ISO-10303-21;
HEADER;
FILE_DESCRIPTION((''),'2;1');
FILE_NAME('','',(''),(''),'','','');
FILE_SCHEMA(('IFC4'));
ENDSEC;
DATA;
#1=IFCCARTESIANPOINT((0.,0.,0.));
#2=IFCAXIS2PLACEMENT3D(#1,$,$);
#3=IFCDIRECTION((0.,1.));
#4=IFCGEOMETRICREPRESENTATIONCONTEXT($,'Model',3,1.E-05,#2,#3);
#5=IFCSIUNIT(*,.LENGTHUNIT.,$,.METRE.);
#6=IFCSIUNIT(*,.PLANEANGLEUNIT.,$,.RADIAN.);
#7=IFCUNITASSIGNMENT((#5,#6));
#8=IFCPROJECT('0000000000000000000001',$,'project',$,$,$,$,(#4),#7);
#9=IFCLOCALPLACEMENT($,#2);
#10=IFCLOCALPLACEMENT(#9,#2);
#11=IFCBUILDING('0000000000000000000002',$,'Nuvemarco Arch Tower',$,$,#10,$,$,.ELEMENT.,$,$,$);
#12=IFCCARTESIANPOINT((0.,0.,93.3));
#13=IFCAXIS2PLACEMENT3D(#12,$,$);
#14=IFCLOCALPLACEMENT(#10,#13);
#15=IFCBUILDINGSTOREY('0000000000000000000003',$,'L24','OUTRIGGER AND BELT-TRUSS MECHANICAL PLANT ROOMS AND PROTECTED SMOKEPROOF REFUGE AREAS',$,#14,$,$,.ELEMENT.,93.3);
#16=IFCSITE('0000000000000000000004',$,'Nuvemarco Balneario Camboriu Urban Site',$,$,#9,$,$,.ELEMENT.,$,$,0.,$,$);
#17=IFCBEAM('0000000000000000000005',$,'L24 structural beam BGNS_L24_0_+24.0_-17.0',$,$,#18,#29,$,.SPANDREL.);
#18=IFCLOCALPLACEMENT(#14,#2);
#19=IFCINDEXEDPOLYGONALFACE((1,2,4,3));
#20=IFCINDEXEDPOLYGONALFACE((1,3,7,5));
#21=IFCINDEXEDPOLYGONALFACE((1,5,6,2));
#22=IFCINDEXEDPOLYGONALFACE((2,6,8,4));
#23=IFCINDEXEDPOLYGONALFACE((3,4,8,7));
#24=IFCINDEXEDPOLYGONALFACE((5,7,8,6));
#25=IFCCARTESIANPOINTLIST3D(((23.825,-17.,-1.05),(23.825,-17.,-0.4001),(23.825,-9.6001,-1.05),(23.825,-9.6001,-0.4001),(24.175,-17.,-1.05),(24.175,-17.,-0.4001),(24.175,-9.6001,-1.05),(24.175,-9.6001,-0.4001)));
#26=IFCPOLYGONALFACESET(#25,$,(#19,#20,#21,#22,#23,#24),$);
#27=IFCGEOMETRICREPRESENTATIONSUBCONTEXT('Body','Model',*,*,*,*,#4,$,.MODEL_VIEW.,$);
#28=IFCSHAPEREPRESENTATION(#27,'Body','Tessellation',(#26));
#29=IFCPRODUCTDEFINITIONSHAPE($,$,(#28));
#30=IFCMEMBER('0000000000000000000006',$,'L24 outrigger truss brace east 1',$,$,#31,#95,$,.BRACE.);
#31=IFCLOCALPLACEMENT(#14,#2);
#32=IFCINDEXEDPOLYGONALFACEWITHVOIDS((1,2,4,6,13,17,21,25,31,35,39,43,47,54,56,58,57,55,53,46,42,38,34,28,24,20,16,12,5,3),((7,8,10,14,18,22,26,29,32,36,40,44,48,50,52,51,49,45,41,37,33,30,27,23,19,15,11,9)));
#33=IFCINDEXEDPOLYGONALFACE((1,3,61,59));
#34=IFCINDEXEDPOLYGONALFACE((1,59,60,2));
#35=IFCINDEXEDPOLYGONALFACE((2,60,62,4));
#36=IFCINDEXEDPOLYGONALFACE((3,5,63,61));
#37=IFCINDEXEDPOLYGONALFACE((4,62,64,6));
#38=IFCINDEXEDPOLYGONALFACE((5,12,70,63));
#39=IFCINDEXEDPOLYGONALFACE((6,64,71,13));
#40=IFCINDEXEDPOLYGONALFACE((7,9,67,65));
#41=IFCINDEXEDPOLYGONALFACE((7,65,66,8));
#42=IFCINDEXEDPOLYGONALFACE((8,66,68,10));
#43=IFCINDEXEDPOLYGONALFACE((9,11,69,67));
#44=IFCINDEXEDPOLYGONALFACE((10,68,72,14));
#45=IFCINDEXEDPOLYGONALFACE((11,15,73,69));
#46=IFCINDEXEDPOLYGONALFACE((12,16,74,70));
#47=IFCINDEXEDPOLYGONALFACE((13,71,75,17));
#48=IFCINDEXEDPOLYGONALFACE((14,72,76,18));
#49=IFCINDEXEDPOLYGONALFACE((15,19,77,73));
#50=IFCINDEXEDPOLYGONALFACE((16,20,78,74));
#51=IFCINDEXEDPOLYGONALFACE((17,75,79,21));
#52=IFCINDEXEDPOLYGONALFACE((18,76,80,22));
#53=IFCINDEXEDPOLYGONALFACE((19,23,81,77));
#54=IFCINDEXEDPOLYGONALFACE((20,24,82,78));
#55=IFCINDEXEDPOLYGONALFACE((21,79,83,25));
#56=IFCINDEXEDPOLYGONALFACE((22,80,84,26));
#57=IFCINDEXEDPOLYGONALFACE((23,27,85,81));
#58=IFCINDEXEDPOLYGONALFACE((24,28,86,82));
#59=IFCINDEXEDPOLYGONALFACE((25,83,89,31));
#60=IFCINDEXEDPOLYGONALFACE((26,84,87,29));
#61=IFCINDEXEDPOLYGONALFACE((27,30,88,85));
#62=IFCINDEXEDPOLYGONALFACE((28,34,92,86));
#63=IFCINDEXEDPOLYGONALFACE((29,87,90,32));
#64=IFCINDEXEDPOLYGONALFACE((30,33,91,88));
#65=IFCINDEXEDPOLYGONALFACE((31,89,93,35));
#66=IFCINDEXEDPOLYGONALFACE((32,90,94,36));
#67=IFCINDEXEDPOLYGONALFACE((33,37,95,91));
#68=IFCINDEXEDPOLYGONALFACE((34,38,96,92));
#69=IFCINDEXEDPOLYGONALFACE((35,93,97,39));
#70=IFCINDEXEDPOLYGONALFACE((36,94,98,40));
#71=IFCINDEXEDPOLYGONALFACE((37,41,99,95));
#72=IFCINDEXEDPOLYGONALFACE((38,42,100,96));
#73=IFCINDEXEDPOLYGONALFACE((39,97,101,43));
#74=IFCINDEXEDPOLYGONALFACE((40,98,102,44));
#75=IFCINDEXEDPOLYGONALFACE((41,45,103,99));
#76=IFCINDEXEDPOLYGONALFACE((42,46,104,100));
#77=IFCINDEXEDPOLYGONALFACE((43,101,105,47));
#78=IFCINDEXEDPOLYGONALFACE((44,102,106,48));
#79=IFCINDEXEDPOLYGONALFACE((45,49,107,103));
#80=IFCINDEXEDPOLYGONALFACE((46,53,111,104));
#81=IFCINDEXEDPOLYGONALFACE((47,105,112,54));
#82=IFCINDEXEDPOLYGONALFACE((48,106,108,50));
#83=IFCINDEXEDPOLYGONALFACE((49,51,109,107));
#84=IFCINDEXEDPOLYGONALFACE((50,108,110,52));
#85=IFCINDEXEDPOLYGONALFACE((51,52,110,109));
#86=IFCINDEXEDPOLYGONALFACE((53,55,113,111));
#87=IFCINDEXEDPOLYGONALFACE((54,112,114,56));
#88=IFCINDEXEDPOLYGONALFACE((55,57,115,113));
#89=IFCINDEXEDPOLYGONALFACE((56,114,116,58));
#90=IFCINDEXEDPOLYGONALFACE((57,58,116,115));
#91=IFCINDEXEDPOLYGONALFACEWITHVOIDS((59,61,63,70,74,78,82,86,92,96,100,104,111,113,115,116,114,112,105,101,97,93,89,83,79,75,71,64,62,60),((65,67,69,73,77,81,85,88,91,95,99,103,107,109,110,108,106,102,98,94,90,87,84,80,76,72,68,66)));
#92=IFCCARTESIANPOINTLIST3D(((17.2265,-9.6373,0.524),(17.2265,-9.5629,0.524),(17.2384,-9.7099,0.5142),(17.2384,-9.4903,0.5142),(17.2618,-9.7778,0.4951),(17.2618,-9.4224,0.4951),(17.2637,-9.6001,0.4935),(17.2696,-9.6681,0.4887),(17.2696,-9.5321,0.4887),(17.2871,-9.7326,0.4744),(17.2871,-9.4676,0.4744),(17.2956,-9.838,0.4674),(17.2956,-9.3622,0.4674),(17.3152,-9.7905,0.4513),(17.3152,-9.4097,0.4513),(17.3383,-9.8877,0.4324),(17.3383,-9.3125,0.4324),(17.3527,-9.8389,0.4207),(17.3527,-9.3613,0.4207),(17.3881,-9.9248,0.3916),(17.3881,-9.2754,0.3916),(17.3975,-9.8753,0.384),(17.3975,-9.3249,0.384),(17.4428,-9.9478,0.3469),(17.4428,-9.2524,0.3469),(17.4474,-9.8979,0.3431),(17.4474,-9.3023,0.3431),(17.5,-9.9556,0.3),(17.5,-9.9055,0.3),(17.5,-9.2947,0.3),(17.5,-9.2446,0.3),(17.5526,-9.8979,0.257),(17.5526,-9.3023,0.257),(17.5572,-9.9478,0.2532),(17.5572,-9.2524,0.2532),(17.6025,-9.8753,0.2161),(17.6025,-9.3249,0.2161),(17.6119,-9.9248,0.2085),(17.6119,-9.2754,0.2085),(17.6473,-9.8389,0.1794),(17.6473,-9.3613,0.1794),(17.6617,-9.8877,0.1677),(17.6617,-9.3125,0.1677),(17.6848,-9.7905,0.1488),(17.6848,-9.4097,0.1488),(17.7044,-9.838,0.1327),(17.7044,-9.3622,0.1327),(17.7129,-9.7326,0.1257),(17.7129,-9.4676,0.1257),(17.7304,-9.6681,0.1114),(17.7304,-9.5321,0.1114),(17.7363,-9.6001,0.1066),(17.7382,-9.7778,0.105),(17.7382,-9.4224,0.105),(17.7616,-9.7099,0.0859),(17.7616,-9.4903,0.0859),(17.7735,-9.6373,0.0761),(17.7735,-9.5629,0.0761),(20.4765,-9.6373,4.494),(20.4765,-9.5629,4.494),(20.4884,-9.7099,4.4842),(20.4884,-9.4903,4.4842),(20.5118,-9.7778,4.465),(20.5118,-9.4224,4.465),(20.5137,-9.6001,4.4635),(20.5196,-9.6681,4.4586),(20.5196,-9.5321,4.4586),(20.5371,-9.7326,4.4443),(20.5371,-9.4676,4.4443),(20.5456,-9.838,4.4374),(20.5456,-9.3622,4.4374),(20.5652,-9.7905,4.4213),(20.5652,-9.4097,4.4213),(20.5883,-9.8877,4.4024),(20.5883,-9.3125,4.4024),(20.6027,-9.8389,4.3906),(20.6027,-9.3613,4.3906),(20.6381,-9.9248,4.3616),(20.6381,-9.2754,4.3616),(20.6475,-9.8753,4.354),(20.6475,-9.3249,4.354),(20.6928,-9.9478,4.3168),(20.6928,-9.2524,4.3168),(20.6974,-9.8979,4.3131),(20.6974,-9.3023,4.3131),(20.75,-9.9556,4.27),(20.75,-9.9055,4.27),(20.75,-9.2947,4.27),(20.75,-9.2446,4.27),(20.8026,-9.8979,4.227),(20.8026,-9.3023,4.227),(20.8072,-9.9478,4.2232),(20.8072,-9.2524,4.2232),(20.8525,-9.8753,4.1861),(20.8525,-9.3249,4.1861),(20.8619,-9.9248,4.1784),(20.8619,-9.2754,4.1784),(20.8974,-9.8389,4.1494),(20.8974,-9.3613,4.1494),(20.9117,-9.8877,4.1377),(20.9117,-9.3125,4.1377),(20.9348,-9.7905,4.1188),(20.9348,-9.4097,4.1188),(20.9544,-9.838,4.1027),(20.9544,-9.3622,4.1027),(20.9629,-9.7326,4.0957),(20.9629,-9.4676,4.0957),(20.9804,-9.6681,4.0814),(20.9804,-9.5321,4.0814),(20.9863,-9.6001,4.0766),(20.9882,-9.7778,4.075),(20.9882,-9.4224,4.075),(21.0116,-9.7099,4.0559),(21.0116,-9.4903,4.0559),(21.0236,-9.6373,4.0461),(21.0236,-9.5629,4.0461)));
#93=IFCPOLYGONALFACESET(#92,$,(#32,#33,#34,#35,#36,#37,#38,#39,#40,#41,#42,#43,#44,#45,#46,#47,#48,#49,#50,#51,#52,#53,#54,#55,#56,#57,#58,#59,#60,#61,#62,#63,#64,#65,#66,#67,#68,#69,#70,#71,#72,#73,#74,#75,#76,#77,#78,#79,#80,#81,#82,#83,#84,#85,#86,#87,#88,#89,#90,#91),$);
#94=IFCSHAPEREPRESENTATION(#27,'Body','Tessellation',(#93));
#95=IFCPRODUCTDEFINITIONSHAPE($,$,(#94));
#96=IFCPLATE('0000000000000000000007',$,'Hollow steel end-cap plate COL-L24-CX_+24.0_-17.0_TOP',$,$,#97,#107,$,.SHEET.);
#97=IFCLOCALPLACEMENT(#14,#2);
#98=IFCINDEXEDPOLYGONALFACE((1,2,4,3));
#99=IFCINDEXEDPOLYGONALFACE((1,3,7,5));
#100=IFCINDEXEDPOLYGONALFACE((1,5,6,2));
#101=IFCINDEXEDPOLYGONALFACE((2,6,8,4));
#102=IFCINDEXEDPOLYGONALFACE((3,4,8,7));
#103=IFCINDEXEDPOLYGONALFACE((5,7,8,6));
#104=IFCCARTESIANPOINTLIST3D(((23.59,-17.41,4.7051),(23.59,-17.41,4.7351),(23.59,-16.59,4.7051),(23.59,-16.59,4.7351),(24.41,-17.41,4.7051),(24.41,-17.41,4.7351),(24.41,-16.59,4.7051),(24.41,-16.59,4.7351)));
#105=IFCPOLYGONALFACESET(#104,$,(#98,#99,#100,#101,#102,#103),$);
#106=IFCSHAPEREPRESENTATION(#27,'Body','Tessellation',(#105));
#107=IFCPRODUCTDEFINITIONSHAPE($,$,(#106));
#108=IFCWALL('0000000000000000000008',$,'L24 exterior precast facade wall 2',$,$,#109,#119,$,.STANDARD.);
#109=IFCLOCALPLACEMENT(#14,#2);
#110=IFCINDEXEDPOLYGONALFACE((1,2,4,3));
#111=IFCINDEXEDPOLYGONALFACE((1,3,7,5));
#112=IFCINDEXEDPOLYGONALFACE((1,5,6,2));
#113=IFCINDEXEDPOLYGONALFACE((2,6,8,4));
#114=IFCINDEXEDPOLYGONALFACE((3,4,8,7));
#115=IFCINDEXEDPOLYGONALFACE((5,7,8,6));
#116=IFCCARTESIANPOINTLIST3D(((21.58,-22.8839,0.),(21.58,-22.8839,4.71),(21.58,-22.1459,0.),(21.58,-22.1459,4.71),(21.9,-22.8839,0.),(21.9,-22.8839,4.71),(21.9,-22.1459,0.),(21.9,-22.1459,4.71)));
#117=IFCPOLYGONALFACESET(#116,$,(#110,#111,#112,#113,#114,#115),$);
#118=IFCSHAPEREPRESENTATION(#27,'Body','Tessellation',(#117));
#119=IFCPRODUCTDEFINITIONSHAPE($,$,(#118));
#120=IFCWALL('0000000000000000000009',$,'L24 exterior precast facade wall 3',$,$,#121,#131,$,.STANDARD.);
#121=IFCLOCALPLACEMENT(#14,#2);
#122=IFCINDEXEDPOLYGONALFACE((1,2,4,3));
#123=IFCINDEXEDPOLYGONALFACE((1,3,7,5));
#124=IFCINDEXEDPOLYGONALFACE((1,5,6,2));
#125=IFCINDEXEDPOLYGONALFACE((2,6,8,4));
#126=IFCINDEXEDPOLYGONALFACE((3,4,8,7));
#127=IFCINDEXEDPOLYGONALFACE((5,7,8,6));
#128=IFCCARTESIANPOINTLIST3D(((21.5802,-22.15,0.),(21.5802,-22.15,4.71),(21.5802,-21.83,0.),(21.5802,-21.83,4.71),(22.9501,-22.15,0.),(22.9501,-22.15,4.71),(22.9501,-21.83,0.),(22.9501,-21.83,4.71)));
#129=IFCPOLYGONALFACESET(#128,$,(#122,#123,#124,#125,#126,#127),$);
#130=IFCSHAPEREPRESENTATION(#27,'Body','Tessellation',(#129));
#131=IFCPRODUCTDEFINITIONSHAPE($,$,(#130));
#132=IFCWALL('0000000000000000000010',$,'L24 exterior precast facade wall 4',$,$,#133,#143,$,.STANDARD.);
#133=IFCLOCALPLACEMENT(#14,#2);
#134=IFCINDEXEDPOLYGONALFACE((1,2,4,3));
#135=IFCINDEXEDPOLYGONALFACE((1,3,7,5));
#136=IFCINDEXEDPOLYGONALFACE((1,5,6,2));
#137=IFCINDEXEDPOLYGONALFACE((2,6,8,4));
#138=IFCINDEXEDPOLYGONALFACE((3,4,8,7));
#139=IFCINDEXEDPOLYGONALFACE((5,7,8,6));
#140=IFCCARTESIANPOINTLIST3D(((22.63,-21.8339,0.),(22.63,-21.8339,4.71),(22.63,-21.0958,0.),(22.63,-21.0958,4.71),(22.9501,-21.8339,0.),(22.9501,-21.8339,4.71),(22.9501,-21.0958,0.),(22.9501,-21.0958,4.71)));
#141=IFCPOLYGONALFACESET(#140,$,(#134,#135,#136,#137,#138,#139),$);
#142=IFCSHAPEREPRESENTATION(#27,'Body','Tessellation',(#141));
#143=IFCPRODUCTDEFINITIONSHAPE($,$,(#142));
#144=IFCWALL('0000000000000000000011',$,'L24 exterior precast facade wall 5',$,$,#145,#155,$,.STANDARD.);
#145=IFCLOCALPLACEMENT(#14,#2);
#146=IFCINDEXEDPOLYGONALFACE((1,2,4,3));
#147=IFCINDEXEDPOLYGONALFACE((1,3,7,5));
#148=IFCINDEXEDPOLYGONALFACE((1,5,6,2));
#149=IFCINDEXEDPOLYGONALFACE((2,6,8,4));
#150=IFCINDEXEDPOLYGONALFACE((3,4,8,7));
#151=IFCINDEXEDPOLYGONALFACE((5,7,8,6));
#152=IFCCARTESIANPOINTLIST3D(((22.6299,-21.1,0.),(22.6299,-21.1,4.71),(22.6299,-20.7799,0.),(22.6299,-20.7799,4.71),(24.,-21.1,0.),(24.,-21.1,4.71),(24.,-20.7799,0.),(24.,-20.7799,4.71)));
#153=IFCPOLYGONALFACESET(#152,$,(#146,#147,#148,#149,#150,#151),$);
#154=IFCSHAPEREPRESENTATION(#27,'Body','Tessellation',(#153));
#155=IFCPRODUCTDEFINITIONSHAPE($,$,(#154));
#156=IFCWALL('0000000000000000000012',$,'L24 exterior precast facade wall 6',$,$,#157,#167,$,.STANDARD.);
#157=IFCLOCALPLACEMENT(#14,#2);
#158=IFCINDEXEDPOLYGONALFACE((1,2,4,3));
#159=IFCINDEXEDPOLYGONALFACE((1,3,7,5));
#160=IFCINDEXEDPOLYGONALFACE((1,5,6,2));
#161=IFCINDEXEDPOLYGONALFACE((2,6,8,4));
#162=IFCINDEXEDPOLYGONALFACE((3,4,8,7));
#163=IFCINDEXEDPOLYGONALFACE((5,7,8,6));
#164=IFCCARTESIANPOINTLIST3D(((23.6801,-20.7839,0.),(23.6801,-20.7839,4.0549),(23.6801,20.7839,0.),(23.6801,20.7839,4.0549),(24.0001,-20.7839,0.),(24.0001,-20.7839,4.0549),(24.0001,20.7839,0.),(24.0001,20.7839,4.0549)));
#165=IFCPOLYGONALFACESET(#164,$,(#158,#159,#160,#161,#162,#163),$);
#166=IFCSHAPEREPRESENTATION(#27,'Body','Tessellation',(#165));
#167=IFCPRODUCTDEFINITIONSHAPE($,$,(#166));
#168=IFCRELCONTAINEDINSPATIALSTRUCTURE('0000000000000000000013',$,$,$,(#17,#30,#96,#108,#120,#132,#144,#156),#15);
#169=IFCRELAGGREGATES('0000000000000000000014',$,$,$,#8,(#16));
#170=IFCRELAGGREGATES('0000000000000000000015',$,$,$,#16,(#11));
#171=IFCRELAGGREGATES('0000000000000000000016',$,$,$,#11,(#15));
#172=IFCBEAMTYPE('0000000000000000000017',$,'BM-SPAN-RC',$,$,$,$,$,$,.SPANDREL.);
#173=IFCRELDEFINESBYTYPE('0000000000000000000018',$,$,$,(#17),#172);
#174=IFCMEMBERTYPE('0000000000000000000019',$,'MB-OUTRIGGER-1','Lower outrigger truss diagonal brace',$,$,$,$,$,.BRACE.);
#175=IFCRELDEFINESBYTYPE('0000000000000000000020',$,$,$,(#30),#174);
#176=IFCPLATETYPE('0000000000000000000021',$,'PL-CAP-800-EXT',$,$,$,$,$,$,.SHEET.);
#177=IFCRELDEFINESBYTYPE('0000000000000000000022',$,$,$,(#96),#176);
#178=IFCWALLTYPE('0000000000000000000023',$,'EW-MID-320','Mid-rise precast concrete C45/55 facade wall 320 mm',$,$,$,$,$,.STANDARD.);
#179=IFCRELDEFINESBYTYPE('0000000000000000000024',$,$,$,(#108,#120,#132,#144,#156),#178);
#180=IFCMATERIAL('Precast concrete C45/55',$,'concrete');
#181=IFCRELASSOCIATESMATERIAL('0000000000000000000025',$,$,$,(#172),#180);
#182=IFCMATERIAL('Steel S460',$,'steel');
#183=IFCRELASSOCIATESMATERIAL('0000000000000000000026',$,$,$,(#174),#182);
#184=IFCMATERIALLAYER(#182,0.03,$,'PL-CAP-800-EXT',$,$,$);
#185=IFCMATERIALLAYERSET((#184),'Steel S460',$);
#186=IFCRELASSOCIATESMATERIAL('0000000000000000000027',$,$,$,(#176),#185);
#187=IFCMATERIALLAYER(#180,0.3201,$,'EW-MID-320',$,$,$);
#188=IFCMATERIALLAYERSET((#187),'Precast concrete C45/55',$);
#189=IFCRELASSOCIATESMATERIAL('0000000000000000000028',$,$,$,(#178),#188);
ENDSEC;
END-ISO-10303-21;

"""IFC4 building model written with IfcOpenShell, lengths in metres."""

from ifc_helpers import new_model, si_unit, direction, frame, frame_2d, origin, origin_2d, place, context, subcontext, project, spatial, rectangle, hollow_circle, extrude, source, transform, mapped, material, layer, layer_set, material_profile, profile_set, type_object, type_shapes, element, save


model = new_model("IFC4")

# Units and contexts
model_context = context("Model", 3, precision=1e-05, world=origin(), true_north=direction((0.0, 1.0)))
body_context = subcontext(model_context, "Body", "Model", "MODEL_VIEW")
ifc_project = project(units=[si_unit("LENGTHUNIT", "METRE"), si_unit("PLANEANGLEUNIT", "RADIAN")], contexts=[model_context])

# Site, building, storey
site_placement = place(None, origin())
site = spatial("IfcSite", under=ifc_project, at=site_placement, Name="Nuvemarco Balneario Camboriu Urban Site", CompositionType="ELEMENT", RefElevation=0.0)
building_placement = place(site_placement, origin())
building = spatial("IfcBuilding", under=site, at=building_placement, Name="Nuvemarco Arch Tower", CompositionType="ELEMENT")
storey_placement = place(building_placement, frame((0.0, 0.0, 93.3)))
storey = spatial("IfcBuildingStorey", under=building, at=storey_placement, Name="L24", Description="OUTRIGGER AND BELT-TRUSS MECHANICAL PLANT ROOMS AND PROTECTED SMOKEPROOF REFUGE AREAS", CompositionType="ELEMENT", Elevation=93.3)

# Shared definitions
ifc_material_1 = material(Name="Steel S460", Category="steel")

# Beam
ifc_material_2 = material(Name="Precast concrete C45/55", Category="concrete")
ifc_material_profile_1 = material_profile(ifc_material_2, rectangle(XDim=0.3501, YDim=0.6499, at=origin_2d()), Name="PC-SP-350x650")
ifc_profile_set_1 = profile_set([ifc_material_profile_1], Name="Precast concrete C45/55")
beam_type_1 = type_object("IfcBeamType", Name="BM-SPAN-RC", PredefinedType="SPANDREL", material=ifc_profile_set_1)
beam_1_placement = place(storey_placement, frame((24.0, -17.0, -0.7251), z_axis=(0.0, 1.0, 0.0), x_axis=(-1.0, 0.0, 0.0)))
element("IfcBeam", 1, at=beam_1_placement, inside=storey, type_object=beam_type_1, Name="L24 structural beam BGNS_L24_0_+24.0_-17.0", PredefinedType="SPANDREL", context=body_context, shape_type="SweptSolid", body=[
    extrude(rectangle(XDim=0.3501, YDim=0.6499, at=origin_2d()), origin(), (0.0, 0.0, 1.0), 7.3999),
])

# Member
ifc_material_profile_2 = material_profile(ifc_material_1, hollow_circle(Radius=0.3555, WallThickness=0.05, at=origin_2d()), Name="CHS711x50")
ifc_profile_set_2 = profile_set([ifc_material_profile_2], Name="Steel S460")
member_type = type_object("IfcMemberType", Name="MB-OUTRIGGER-1", Description="Lower outrigger truss diagonal brace", PredefinedType="BRACE", material=ifc_profile_set_2)
member_placement = place(storey_placement, frame((17.5, -9.6001, 0.3), z_axis=(0.633453, 0.0, 0.773781), x_axis=(0.0, 1.0, 0.0)))
element("IfcMember", 2, at=member_placement, inside=storey, type_object=member_type, Name="L24 outrigger truss brace east 1", PredefinedType="BRACE", context=body_context, shape_type="SweptSolid", body=[
    extrude(hollow_circle(Radius=0.3555, WallThickness=0.05, at=origin_2d()), origin(), (0.0, 0.0, 1.0), 5.1306),
])

# Plate
ifc_layer_1 = layer(ifc_material_1, 0.03, Name="PL-CAP-800-EXT")
ifc_layer_set_1 = layer_set([ifc_layer_1], Name="Steel S460")
plate_type = type_object("IfcPlateType", Name="PL-CAP-800-EXT", PredefinedType="SHEET", material=ifc_layer_set_1)
shared_shape_1 = source(origin(), body_context, "Body", "SweptSolid", [
    extrude(rectangle(XDim=0.8201, YDim=0.8201, at=origin_2d()), origin(), (0.0, 0.0, 1.0), 0.03),
])
type_shapes(plate_type, [shared_shape_1])
plate_placement = place(storey_placement, frame((24.0, -17.0, 4.7051), z_axis=(0.0, 0.0, 1.0), x_axis=(1.0, 0.0, 0.0)))
element("IfcPlate", 3, at=plate_placement, inside=storey, type_object=plate_type, Name="Hollow steel end-cap plate COL-L24-CX_+24.0_-17.0_TOP", PredefinedType="SHEET", context=body_context, shape_type="MappedRepresentation", body=[
    mapped(shared_shape_1, transform((0.0, 0.0, 0.0), scale=1.0)),
])

# Walls
ifc_layer_2 = layer(ifc_material_2, 0.3201, Name="EW-MID-320")
ifc_layer_set_2 = layer_set([ifc_layer_2], Name="Precast concrete C45/55")
wall_type_1 = type_object("IfcWallType", Name="EW-MID-320", Description="Mid-rise precast concrete C45/55 facade wall 320 mm", PredefinedType="STANDARD", material=ifc_layer_set_2)
wall_1_placement = place(storey_placement, frame((21.74, -22.884, 0.0), z_axis=(0.0, 0.0, 1.0), x_axis=(0.0, 1.0, 0.0)))
element("IfcWall", 4, at=wall_1_placement, inside=storey, type_object=wall_type_1, Name="L24 exterior precast facade wall 2", PredefinedType="STANDARD", context=body_context, shape_type="SweptSolid", body=[
    extrude(rectangle(XDim=0.738, YDim=0.3201, at=frame_2d((0.3691, 0.0))), origin(), (0.0, 0.0, 1.0), 4.71),
])
wall_2_placement = place(storey_placement, frame((21.5801, -21.99, 0.0), z_axis=(0.0, 0.0, 1.0), x_axis=(1.0, 0.0, 0.0)))
element("IfcWall", 5, at=wall_2_placement, inside=storey, type_object=wall_type_1, Name="L24 exterior precast facade wall 3", PredefinedType="STANDARD", context=body_context, shape_type="SweptSolid", body=[
    extrude(rectangle(XDim=1.3699, YDim=0.3201, at=frame_2d((0.6851, 0.0))), origin(), (0.0, 0.0, 1.0), 4.71),
])
wall_3_placement = place(storey_placement, frame((22.79, -21.834, 0.0), z_axis=(0.0, 0.0, 1.0), x_axis=(0.0, 1.0, 0.0)))
element("IfcWall", 6, at=wall_3_placement, inside=storey, type_object=wall_type_1, Name="L24 exterior precast facade wall 4", PredefinedType="STANDARD", context=body_context, shape_type="SweptSolid", body=[
    extrude(rectangle(XDim=0.738, YDim=0.3201, at=frame_2d((0.3691, 0.0))), origin(), (0.0, 0.0, 1.0), 4.71),
])
wall_4_placement = place(storey_placement, frame((22.6299, -20.9399, 0.0), z_axis=(0.0, 0.0, 1.0), x_axis=(1.0, 0.0, 0.0)))
element("IfcWall", 7, at=wall_4_placement, inside=storey, type_object=wall_type_1, Name="L24 exterior precast facade wall 5", PredefinedType="STANDARD", context=body_context, shape_type="SweptSolid", body=[
    extrude(rectangle(XDim=1.3701, YDim=0.3201, at=frame_2d((0.6851, 0.0))), origin(), (0.0, 0.0, 1.0), 4.71),
])
wall_5_placement = place(storey_placement, frame((23.8401, -20.7839, 0.0), z_axis=(0.0, 0.0, 1.0), x_axis=(0.0, 1.0, 0.0)))
element("IfcWall", 8, at=wall_5_placement, inside=storey, type_object=wall_type_1, Name="L24 exterior precast facade wall 6", PredefinedType="STANDARD", context=body_context, shape_type="SweptSolid", body=[
    extrude(rectangle(XDim=41.5679, YDim=0.3201, at=frame_2d((20.7839, 0.0))), origin(), (0.0, 0.0, 1.0), 4.0549),
])

save(model, "model.ifc")
